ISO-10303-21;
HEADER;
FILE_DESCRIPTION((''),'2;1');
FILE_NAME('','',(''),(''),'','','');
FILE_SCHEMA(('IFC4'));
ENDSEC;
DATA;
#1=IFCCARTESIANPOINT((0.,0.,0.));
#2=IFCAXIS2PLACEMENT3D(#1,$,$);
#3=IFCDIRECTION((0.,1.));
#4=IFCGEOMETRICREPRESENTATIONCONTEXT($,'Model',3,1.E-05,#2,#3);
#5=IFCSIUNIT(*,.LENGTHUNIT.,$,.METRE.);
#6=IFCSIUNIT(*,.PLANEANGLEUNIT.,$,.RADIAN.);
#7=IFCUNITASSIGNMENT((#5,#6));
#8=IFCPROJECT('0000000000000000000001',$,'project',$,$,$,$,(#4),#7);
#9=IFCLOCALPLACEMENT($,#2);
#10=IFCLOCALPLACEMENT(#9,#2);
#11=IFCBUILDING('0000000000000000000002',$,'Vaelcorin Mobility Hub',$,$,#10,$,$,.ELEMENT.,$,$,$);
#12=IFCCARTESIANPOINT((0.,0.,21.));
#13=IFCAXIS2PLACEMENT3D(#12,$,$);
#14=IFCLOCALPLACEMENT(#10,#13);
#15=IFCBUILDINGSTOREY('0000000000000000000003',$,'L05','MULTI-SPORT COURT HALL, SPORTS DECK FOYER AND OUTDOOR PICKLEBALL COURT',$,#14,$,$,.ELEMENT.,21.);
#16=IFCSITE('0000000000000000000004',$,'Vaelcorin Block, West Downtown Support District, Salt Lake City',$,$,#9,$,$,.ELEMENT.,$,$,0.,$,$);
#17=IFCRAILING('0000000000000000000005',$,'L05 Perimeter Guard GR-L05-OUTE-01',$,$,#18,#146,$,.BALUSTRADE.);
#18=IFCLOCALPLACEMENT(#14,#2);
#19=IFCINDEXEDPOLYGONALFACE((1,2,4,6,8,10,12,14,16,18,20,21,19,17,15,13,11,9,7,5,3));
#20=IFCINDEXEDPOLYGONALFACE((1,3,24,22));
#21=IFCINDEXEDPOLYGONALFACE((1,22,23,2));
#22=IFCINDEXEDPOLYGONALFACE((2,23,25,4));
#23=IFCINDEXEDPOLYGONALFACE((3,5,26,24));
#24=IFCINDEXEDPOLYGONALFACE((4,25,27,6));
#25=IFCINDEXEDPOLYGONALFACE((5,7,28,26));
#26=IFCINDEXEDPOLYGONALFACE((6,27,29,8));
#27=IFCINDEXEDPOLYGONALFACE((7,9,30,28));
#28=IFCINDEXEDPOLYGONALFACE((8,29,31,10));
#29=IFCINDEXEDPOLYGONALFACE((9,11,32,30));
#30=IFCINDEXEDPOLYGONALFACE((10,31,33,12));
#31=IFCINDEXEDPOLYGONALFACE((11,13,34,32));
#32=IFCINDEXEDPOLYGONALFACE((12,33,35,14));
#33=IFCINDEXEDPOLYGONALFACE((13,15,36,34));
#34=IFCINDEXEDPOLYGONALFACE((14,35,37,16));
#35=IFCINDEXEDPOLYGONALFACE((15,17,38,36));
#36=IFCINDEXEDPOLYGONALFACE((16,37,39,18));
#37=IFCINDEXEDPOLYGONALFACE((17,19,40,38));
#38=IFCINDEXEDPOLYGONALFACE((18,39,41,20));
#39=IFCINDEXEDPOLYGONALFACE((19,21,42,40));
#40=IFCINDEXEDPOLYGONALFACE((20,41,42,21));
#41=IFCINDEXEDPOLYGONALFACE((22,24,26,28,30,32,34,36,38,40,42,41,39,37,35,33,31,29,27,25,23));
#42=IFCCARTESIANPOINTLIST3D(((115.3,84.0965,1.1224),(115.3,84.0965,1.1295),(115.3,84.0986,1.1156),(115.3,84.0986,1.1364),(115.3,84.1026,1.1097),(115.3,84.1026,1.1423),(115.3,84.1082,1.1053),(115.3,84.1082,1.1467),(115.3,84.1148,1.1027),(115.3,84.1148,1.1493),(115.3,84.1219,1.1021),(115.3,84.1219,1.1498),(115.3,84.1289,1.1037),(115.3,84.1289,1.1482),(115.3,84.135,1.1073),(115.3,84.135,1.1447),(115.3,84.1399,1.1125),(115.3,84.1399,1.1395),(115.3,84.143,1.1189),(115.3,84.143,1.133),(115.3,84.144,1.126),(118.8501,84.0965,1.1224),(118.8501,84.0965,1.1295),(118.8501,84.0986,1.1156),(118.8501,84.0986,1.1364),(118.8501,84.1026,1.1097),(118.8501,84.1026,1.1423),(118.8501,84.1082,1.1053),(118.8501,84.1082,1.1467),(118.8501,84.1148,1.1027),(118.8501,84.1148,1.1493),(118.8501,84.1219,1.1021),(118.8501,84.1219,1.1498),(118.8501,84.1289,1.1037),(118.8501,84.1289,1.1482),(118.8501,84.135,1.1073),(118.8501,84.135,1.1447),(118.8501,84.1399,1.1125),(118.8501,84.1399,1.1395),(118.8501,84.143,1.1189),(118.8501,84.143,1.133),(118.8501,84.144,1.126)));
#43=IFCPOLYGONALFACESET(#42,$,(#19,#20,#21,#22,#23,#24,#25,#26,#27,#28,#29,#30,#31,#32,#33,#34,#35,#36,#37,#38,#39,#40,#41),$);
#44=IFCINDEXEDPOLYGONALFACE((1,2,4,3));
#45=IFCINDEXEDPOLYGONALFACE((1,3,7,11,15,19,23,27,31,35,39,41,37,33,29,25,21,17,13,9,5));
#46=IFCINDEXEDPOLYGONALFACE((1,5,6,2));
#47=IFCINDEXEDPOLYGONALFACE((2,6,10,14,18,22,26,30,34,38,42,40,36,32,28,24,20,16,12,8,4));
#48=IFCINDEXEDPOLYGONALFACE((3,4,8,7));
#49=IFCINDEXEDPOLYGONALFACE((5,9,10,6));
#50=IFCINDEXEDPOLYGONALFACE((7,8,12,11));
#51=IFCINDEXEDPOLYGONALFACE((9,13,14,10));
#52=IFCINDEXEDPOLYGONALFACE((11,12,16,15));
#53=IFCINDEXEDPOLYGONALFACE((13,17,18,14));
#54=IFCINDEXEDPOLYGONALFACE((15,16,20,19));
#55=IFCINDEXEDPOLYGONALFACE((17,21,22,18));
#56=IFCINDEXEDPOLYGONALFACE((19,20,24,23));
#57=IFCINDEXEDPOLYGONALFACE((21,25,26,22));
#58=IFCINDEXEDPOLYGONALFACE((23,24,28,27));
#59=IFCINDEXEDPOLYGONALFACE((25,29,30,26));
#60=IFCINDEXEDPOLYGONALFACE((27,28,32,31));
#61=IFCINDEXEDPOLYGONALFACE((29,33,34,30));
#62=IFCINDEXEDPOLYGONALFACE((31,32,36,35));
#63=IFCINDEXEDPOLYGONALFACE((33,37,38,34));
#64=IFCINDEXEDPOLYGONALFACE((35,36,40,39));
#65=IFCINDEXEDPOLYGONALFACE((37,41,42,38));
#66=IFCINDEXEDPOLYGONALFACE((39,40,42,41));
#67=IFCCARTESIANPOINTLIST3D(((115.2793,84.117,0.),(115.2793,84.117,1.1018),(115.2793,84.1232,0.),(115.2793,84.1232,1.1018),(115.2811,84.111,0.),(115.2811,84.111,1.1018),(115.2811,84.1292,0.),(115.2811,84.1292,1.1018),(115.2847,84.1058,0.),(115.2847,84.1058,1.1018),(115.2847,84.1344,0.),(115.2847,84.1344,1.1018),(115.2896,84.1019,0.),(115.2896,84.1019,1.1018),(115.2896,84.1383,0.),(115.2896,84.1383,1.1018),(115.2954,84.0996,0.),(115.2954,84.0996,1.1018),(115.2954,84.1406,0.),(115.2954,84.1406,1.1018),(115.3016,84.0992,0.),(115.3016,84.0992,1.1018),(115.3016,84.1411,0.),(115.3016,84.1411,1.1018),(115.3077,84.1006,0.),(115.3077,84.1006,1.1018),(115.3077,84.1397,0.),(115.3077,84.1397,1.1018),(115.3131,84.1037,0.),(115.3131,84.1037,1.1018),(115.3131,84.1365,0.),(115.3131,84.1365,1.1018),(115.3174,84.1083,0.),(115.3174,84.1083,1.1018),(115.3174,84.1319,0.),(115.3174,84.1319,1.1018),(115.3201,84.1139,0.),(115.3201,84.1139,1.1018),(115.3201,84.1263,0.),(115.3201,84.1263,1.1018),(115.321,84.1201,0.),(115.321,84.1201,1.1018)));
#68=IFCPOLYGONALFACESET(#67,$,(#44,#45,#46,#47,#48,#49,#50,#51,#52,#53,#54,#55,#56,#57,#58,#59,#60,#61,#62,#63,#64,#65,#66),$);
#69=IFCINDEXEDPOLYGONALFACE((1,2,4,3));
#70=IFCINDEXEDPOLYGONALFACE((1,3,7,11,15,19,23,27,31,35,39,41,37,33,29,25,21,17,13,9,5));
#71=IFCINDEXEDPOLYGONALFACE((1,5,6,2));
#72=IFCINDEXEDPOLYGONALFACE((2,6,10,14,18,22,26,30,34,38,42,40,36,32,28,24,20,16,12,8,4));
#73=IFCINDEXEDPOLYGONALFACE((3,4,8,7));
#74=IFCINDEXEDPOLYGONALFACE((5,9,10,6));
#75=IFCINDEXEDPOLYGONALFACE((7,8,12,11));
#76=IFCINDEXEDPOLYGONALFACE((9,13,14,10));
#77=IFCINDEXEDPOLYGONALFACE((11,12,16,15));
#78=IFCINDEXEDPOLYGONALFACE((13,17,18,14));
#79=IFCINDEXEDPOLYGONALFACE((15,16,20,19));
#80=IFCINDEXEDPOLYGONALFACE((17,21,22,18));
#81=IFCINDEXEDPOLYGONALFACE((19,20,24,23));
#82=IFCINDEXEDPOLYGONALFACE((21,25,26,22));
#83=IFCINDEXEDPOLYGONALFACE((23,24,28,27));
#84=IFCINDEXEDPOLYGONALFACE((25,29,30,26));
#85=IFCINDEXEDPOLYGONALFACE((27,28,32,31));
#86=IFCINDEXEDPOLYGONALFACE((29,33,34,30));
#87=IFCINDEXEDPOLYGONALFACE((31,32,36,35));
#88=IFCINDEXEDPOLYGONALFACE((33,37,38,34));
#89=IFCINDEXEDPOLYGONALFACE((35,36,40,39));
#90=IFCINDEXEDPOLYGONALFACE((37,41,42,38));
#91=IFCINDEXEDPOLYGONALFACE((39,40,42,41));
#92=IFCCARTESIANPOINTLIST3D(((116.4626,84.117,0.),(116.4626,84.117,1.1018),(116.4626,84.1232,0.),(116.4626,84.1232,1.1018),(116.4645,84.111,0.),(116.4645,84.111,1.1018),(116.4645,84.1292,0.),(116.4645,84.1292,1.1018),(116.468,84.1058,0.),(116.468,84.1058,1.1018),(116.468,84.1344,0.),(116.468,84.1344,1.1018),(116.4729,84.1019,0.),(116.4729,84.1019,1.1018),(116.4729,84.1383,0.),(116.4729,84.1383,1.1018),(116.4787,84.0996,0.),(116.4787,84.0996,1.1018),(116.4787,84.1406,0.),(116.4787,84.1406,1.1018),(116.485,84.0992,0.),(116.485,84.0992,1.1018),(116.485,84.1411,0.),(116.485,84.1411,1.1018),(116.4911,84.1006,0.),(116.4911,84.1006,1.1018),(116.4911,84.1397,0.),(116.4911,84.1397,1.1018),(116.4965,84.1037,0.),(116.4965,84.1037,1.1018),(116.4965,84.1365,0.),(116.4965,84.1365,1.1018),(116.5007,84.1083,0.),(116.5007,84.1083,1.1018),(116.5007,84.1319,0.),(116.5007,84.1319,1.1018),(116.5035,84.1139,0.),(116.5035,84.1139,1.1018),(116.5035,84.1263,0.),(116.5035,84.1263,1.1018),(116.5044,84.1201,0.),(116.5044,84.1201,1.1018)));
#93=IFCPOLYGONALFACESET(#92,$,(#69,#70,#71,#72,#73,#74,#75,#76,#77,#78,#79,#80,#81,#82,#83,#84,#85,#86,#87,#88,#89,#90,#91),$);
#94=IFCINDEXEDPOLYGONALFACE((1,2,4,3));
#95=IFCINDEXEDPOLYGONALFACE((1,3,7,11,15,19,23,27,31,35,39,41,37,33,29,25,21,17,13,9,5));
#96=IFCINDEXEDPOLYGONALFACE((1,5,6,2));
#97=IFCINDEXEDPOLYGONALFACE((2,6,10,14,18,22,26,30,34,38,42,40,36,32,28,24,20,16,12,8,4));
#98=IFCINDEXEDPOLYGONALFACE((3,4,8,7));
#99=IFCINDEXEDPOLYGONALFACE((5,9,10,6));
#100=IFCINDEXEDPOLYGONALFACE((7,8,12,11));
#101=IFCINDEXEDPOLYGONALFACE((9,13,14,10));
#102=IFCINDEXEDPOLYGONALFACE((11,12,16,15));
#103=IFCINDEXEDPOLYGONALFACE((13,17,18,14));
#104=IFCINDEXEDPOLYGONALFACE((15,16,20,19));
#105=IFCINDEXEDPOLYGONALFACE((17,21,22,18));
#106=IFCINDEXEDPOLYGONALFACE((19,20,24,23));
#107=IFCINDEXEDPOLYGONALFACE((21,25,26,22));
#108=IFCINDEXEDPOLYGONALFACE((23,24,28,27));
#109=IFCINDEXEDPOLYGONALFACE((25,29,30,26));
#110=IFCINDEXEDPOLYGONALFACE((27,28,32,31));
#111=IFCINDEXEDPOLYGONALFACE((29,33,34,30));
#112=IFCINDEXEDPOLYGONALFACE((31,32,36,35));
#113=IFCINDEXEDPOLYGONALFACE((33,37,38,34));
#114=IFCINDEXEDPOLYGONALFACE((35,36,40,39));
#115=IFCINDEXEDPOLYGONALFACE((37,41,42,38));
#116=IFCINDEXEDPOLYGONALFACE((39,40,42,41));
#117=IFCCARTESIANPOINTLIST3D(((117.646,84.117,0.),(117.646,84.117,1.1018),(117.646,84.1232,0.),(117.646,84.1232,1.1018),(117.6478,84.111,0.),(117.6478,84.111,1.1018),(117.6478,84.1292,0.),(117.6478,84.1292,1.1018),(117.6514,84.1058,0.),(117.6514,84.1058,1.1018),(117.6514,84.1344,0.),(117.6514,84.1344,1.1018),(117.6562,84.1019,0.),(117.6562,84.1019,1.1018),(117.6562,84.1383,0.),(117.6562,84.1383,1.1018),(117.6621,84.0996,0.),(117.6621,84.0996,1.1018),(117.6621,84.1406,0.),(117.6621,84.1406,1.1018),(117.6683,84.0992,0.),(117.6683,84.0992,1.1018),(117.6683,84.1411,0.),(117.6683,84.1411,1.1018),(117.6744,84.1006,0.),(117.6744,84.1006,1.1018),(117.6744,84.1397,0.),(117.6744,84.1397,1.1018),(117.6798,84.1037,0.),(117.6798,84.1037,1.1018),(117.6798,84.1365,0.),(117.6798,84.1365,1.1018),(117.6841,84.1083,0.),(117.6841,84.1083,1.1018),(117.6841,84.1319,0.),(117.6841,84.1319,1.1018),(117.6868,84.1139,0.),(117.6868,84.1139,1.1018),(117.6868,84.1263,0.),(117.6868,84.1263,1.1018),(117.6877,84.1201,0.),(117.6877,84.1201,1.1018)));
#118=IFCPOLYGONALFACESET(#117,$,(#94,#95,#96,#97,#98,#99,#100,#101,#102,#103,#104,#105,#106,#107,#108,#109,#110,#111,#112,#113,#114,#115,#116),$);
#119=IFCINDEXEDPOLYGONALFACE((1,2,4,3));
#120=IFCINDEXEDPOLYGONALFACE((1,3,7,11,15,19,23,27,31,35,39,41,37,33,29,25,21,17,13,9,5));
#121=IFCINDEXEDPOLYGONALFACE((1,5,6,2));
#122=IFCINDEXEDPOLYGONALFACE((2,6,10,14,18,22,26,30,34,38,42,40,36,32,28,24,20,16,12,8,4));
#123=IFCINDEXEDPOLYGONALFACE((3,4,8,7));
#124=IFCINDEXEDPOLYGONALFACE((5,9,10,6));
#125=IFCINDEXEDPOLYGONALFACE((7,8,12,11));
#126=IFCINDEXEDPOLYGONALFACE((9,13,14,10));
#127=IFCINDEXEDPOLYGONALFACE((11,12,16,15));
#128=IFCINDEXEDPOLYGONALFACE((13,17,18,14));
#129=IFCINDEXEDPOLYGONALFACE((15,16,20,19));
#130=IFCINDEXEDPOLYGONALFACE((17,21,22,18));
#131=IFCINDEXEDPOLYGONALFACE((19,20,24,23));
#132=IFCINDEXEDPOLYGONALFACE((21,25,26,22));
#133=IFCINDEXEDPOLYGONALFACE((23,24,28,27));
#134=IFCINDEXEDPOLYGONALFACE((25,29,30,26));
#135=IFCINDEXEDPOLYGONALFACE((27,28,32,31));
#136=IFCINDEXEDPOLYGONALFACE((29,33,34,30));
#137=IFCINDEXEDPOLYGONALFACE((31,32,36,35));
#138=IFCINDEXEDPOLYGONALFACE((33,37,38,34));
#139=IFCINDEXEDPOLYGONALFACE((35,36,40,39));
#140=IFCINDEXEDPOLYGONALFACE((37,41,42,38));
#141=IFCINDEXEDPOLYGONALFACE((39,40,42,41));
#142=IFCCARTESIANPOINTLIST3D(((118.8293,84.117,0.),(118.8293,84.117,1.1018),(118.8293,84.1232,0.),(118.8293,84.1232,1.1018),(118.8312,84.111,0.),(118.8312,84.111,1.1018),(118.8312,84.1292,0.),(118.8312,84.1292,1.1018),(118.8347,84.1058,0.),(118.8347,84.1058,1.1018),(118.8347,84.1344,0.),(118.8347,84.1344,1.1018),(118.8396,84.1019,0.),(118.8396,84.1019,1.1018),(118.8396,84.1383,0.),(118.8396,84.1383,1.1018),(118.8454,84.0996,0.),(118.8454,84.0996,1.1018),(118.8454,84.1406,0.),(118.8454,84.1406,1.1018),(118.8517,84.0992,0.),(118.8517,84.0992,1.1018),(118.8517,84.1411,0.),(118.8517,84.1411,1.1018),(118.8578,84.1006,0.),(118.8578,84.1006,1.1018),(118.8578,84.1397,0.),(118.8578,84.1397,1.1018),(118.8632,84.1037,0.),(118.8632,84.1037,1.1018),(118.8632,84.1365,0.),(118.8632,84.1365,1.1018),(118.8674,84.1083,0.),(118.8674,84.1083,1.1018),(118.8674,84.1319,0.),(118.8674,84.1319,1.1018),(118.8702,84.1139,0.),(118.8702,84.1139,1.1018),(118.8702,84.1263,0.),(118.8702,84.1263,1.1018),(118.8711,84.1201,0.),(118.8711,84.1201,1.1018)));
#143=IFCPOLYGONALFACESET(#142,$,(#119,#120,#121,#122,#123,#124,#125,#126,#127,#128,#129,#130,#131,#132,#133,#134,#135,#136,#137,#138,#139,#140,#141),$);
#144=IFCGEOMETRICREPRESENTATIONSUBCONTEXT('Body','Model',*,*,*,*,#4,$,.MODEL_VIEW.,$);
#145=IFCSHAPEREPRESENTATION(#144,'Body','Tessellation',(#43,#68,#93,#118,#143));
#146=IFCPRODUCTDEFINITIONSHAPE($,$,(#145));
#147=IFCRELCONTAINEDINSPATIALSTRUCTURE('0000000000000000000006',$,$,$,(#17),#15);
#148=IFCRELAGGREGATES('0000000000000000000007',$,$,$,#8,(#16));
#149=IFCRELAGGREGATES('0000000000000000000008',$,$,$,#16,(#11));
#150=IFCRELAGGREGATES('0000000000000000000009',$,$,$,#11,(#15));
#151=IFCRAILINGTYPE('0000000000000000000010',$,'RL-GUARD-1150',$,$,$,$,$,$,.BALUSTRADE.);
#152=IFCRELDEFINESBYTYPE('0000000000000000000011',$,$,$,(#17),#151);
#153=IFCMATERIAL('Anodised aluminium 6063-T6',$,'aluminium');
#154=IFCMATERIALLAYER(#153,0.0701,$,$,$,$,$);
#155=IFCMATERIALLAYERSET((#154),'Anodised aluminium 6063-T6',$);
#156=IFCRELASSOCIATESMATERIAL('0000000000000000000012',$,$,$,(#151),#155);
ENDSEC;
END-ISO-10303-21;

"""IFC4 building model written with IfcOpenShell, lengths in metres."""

from ifc_helpers import new_model, si_unit, direction, frame, origin, origin_2d, place, context, subcontext, project, spatial, circle, extrude, material, layer, layer_set, type_object, element, save


model = new_model("IFC4")

# Units and contexts
model_context = context("Model", 3, precision=1e-05, world=origin(), true_north=direction((0.0, 1.0)))
body_context = subcontext(model_context, "Body", "Model", "MODEL_VIEW")
ifc_project = project(units=[si_unit("LENGTHUNIT", "METRE"), si_unit("PLANEANGLEUNIT", "RADIAN")], contexts=[model_context])

# Site, building, storey
site_placement = place(None, origin())
site = spatial("IfcSite", under=ifc_project, at=site_placement, Name="Vaelcorin Block, West Downtown Support District, Salt Lake City", CompositionType="ELEMENT", RefElevation=0.0)
building_placement = place(site_placement, origin())
building = spatial("IfcBuilding", under=site, at=building_placement, Name="Vaelcorin Mobility Hub", CompositionType="ELEMENT")
storey_placement = place(building_placement, frame((0.0, 0.0, 21.0)))
storey = spatial("IfcBuildingStorey", under=building, at=storey_placement, Name="L05", Description="MULTI-SPORT COURT HALL, SPORTS DECK FOYER AND OUTDOOR PICKLEBALL COURT", CompositionType="ELEMENT", Elevation=21.0)

# Shared definitions
ifc_material_1 = material(Name="Anodised aluminium 6063-T6", Category="aluminium")

# Railing
ifc_layer_1 = layer(ifc_material_1, 0.0701)
ifc_layer_set_1 = layer_set([ifc_layer_1], Name="Anodised aluminium 6063-T6")
railing_type = type_object("IfcRailingType", Name="RL-GUARD-1150", PredefinedType="BALUSTRADE", material=ifc_layer_set_1)
railing_1_placement = place(storey_placement, frame((115.3, 84.1201, 0.0)))
element("IfcRailing", 1, at=railing_1_placement, inside=storey, type_object=railing_type, Name="L05 Perimeter Guard GR-L05-OUTE-01", PredefinedType="BALUSTRADE", context=body_context, shape_type="SweptSolid", body=[
    extrude(circle(Radius=0.0239, at=origin_2d()), frame((0.0, 0.0, 1.126), z_axis=(1.0, 0.0, 0.0), x_axis=(0.0, 1.0, 0.0)), (0.0, 0.0, 1.0), 3.55),
    extrude(circle(Radius=0.021, at=origin_2d()), origin(), (0.0, 0.0, 1.0), 1.1018),
    extrude(circle(Radius=0.021, at=origin_2d()), frame((1.1833, 0.0, 0.0)), (0.0, 0.0, 1.0), 1.1018),
    extrude(circle(Radius=0.021, at=origin_2d()), frame((2.3667, 0.0, 0.0)), (0.0, 0.0, 1.0), 1.1018),
    extrude(circle(Radius=0.021, at=origin_2d()), frame((3.55, 0.0, 0.0)), (0.0, 0.0, 1.0), 1.1018),
])

save(model, "model.ifc")
